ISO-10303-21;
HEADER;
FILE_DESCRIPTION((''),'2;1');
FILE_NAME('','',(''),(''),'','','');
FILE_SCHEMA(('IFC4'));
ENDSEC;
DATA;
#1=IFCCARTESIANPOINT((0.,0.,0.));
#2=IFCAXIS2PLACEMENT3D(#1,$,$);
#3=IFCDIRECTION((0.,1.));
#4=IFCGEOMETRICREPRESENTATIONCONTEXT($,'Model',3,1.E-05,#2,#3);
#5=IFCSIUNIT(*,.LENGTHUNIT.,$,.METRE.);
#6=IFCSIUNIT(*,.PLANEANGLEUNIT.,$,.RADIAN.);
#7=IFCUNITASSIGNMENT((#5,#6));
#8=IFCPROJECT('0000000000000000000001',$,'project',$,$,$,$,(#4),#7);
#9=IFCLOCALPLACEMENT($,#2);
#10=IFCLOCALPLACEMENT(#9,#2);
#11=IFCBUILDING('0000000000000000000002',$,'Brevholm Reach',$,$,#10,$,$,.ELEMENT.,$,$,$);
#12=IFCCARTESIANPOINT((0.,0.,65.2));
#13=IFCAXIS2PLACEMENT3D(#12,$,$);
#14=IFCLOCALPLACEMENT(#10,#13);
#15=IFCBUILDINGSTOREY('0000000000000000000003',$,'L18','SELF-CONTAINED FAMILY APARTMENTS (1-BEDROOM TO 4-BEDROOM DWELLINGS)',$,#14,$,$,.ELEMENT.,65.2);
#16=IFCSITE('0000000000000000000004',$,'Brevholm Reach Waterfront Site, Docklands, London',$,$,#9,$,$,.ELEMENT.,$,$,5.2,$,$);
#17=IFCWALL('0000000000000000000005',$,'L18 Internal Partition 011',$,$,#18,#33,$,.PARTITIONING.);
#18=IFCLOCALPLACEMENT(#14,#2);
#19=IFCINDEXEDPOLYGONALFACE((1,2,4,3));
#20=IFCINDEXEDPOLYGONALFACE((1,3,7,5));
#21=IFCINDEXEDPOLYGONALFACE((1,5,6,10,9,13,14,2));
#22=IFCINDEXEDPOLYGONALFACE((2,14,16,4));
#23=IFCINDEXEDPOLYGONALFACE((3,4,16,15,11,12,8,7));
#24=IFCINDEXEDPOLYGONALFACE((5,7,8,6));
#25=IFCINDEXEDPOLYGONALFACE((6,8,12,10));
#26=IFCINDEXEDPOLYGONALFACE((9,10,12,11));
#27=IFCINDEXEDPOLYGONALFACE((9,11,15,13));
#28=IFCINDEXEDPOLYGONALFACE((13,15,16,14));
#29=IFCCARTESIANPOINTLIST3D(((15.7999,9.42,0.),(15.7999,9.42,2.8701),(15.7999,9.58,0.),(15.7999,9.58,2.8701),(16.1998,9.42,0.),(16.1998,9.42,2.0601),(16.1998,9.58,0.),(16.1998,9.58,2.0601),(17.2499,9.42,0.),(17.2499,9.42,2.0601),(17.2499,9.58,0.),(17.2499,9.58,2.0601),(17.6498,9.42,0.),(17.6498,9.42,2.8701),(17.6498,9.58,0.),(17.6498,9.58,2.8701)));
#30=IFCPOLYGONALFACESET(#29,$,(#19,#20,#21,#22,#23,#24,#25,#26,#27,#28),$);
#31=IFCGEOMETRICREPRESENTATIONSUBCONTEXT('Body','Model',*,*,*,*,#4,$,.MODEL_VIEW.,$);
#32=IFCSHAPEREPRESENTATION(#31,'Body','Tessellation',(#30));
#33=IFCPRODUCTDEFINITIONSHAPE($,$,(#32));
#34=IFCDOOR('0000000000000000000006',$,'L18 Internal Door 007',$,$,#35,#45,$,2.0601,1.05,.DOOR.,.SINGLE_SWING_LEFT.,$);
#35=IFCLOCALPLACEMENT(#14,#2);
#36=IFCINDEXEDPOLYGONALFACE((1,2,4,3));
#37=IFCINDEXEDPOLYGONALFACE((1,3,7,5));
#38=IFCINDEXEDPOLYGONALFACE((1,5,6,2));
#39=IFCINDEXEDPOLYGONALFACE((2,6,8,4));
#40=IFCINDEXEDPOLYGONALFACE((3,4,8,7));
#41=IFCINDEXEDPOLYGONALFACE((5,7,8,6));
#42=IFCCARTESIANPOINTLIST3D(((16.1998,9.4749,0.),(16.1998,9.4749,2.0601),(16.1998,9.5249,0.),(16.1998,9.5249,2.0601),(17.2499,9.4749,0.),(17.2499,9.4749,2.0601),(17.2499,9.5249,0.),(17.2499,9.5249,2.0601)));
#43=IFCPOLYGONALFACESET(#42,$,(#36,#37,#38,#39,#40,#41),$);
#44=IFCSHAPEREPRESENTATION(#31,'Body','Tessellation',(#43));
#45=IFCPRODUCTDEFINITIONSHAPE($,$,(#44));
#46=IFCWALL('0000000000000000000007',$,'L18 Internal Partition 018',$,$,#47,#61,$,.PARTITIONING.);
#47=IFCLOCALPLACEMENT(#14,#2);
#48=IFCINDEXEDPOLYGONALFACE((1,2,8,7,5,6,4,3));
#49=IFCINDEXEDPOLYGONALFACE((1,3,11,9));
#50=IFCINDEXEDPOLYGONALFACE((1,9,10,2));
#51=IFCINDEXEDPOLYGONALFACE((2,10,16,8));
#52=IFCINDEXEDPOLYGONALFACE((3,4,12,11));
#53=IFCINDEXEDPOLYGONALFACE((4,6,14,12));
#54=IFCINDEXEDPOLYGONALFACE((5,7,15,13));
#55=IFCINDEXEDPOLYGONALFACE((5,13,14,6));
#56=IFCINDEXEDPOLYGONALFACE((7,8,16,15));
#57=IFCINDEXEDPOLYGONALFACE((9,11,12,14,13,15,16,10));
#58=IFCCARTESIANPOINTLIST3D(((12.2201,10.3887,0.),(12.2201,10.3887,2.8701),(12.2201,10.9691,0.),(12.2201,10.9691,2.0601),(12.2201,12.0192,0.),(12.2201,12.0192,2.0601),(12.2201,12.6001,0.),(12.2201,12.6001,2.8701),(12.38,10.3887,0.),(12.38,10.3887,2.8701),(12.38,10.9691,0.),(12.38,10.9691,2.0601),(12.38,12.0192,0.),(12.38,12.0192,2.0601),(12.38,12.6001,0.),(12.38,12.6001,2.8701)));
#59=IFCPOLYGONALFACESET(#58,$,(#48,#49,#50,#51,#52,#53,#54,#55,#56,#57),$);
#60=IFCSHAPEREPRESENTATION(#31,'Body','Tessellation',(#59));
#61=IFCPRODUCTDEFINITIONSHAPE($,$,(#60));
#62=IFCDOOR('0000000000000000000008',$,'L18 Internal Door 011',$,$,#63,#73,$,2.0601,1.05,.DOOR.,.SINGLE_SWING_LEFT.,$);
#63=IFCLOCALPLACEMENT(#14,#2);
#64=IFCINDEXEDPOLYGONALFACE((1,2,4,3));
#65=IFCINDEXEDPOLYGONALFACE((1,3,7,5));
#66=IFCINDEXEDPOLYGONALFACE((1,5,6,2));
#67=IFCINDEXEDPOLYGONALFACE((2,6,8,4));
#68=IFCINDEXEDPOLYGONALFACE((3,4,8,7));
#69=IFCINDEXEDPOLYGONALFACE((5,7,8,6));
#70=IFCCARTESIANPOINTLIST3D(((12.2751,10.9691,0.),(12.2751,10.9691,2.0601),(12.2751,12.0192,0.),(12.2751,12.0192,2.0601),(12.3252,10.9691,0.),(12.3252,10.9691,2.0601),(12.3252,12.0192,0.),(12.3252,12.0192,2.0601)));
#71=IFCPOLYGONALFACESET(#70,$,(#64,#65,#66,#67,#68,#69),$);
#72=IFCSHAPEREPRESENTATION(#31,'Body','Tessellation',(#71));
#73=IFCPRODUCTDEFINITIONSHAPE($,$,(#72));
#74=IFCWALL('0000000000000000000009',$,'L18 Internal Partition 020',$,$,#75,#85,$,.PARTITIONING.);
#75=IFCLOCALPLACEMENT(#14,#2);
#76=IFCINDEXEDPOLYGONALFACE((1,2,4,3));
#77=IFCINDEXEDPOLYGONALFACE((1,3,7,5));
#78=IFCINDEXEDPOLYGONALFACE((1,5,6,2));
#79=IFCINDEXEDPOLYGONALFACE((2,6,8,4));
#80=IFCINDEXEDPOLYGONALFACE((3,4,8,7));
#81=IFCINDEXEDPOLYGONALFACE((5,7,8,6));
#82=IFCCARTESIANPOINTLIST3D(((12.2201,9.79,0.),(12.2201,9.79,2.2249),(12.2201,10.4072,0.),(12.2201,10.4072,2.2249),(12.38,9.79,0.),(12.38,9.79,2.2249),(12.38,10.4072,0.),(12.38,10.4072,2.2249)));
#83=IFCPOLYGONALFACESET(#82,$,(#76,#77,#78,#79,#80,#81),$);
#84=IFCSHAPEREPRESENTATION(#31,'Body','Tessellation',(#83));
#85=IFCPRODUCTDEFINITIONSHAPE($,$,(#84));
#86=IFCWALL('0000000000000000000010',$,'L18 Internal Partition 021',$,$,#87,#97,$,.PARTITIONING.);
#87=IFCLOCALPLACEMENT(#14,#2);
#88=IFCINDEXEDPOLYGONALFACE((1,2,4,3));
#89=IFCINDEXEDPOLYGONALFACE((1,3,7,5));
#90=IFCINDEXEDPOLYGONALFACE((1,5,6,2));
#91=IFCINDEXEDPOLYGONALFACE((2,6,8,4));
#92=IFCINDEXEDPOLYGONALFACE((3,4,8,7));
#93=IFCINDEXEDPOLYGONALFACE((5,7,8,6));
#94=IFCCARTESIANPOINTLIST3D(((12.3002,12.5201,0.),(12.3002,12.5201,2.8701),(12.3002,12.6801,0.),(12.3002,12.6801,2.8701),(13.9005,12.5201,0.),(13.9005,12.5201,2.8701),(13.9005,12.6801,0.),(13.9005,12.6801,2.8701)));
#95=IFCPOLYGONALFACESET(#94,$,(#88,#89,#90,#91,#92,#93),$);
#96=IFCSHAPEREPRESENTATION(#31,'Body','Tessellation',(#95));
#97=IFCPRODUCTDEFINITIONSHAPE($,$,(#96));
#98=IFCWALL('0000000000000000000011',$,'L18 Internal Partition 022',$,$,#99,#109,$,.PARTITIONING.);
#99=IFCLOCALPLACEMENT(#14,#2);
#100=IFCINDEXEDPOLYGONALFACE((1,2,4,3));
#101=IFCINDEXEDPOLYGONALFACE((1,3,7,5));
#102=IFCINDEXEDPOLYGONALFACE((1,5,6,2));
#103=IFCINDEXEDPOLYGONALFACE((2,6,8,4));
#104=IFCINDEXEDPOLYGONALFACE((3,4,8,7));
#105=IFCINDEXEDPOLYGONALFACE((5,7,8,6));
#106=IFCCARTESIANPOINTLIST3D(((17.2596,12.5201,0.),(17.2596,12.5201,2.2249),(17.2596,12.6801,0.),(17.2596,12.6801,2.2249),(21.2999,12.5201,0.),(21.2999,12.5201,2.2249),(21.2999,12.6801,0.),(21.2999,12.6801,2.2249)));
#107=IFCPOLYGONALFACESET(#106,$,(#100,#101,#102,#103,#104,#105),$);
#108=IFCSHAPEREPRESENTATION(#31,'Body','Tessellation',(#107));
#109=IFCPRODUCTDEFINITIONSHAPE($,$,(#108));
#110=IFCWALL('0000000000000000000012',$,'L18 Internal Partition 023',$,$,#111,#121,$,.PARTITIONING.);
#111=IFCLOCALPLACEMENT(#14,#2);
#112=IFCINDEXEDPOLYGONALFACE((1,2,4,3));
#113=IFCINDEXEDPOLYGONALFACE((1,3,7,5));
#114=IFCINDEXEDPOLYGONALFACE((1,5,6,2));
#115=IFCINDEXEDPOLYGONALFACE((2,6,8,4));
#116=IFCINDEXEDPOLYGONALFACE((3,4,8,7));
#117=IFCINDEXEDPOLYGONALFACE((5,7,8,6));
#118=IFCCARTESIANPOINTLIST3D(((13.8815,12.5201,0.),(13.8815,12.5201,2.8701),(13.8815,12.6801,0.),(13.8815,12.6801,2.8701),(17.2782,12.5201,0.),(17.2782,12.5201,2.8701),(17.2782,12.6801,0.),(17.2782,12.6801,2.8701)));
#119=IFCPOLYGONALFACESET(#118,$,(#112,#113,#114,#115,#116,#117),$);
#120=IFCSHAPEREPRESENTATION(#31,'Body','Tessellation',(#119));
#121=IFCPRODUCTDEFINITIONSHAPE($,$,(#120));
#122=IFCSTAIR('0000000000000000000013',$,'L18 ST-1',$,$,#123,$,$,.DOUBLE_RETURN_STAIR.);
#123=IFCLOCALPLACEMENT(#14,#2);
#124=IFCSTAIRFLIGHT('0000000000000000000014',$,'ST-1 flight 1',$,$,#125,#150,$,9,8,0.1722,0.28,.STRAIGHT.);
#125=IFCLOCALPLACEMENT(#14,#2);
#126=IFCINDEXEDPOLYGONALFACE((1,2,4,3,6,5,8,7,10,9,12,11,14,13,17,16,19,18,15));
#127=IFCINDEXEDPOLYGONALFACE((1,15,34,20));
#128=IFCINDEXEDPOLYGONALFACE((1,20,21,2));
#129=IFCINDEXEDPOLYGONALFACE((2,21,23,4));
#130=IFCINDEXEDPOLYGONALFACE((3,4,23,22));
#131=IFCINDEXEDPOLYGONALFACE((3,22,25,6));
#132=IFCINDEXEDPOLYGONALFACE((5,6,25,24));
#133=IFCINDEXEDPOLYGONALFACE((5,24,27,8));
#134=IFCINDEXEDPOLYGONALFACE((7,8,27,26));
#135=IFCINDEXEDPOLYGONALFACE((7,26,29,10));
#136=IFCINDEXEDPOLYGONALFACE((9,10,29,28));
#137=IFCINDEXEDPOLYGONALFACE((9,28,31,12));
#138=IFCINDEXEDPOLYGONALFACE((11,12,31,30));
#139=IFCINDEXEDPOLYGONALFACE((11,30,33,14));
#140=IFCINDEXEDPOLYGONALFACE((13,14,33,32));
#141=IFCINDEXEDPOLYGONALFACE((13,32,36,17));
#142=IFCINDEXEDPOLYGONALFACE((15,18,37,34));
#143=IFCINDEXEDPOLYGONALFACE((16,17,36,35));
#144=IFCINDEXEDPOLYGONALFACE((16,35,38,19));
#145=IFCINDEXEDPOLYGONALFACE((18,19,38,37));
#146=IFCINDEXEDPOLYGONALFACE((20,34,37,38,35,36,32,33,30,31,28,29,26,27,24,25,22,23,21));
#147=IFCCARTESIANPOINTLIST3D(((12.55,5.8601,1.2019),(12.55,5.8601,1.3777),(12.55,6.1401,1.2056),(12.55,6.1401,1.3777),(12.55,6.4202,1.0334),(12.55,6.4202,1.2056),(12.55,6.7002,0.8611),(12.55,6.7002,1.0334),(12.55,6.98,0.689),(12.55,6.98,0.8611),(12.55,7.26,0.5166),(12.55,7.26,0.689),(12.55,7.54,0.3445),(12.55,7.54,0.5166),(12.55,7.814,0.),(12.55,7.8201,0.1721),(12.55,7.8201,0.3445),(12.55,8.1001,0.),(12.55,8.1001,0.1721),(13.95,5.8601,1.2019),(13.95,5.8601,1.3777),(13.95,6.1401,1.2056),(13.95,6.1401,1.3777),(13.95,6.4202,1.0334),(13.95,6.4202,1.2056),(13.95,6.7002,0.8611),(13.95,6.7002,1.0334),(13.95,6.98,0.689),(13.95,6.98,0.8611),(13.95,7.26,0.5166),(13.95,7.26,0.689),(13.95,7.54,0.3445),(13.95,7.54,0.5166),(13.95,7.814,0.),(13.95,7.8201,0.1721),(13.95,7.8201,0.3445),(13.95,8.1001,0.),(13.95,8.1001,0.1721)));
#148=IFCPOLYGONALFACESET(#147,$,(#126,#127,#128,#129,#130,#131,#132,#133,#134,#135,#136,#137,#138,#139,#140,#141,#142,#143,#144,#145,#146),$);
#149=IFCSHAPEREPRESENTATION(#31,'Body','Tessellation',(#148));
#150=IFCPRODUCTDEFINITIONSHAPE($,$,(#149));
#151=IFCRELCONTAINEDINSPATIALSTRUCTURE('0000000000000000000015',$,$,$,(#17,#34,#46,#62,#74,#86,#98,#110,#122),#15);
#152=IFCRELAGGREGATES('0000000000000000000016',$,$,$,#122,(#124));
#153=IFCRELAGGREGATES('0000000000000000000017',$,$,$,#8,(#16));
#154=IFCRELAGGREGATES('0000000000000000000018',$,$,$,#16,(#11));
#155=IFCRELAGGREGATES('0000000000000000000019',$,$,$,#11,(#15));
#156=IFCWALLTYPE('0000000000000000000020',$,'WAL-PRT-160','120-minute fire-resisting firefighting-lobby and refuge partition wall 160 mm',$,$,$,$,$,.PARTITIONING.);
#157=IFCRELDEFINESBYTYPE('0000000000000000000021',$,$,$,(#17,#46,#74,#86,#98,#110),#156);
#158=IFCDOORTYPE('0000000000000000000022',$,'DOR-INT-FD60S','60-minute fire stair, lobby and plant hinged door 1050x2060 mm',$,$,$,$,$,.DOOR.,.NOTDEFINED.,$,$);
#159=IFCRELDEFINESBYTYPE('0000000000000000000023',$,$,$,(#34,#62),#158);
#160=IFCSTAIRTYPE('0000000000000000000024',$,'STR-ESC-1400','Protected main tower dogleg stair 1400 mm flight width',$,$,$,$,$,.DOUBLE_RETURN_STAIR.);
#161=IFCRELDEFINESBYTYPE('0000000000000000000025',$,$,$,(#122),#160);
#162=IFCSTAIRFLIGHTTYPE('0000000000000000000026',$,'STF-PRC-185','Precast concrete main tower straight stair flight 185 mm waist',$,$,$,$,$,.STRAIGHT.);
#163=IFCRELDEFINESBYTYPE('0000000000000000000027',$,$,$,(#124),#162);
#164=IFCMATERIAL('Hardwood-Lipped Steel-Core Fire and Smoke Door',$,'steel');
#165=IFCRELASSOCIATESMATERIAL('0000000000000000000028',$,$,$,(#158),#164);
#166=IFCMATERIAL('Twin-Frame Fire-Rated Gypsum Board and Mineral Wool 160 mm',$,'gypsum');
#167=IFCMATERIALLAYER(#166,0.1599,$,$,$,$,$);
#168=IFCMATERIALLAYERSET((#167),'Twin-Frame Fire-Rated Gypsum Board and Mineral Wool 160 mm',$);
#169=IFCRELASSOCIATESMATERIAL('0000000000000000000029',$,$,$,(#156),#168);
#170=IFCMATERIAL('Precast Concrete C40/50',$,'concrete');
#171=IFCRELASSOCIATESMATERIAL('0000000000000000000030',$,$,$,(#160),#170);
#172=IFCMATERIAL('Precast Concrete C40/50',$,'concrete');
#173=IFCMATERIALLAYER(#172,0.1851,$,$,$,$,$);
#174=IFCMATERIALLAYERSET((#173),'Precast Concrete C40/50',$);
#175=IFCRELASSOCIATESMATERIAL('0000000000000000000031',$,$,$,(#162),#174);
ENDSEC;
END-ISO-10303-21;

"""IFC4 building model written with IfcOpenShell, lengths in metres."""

from ifc_helpers import new_model, si_unit, direction, frame, frame_2d, origin, place, context, subcontext, project, spatial, polyline, rectangle, outline, extrude, material, layer, layer_set, type_object, element, fill, aggregate, save


model = new_model("IFC4")

# Units and contexts
model_context = context("Model", 3, precision=1e-05, world=origin(), true_north=direction((0.0, 1.0)))
body_context = subcontext(model_context, "Body", "Model", "MODEL_VIEW")
ifc_project = project(units=[si_unit("LENGTHUNIT", "METRE"), si_unit("PLANEANGLEUNIT", "RADIAN")], contexts=[model_context])

# Site, building, storey
site_placement = place(None, origin())
site = spatial("IfcSite", under=ifc_project, at=site_placement, Name="Brevholm Reach Waterfront Site, Docklands, London", CompositionType="ELEMENT", RefElevation=5.2)
building_placement = place(site_placement, origin())
building = spatial("IfcBuilding", under=site, at=building_placement, Name="Brevholm Reach", CompositionType="ELEMENT")
storey_placement = place(building_placement, frame((0.0, 0.0, 65.2)))
storey = spatial("IfcBuildingStorey", under=building, at=storey_placement, Name="L18", Description="SELF-CONTAINED FAMILY APARTMENTS (1-BEDROOM TO 4-BEDROOM DWELLINGS)", CompositionType="ELEMENT", Elevation=65.2)

# Walls, openings, doors
ifc_material_1 = material(Name="Hardwood-Lipped Steel-Core Fire and Smoke Door", Category="steel")
door_type_1 = type_object("IfcDoorType", Name="DOR-INT-FD60S", Description="60-minute fire stair, lobby and plant hinged door 1050x2060 mm", OperationType="NOTDEFINED", PredefinedType="DOOR", material=ifc_material_1)
ifc_material_2 = material(Name="Twin-Frame Fire-Rated Gypsum Board and Mineral Wool 160 mm", Category="gypsum")
ifc_layer_1 = layer(ifc_material_2, 0.1599)
ifc_layer_set_1 = layer_set([ifc_layer_1], Name="Twin-Frame Fire-Rated Gypsum Board and Mineral Wool 160 mm")
wall_type_1 = type_object("IfcWallType", Name="WAL-PRT-160", Description="120-minute fire-resisting firefighting-lobby and refuge partition wall 160 mm", PredefinedType="PARTITIONING", material=ifc_layer_set_1)
wall_1_placement = place(storey_placement, frame((15.8, 9.5, 0.0), z_axis=(0.0, 0.0, 1.0), x_axis=(1.0, 0.0, 0.0)))
wall_1 = element("IfcWall", 1, at=wall_1_placement, inside=storey, type_object=wall_type_1, Name="L18 Internal Partition 011", PredefinedType="PARTITIONING", context=body_context, shape_type="SweptSolid", body=[
    extrude(rectangle(XDim=1.8499, YDim=0.1599, at=frame_2d((0.9248, 0.0))), origin(), (0.0, 0.0, 1.0), 2.8701),
])
opening_1_placement = place(wall_1_placement, frame((0.3999, 0.0, 0.0)))
opening_1 = element("IfcOpeningElement", 2, at=opening_1_placement, cuts=wall_1, PredefinedType="OPENING", context=body_context, shape_type="SweptSolid", body=[
    extrude(rectangle(XDim=1.05, YDim=2.0601, at=frame_2d((0.5249, 1.03))), frame((0.0, 0.0898, 0.0), z_axis=(0.0, -1.0, 0.0), x_axis=(1.0, 0.0, 0.0)), (0.0, 0.0, 1.0), 0.1799),
])
door_1_placement = place(opening_1_placement, origin())
door_1 = element("IfcDoor", 3, at=door_1_placement, inside=storey, type_object=door_type_1, Name="L18 Internal Door 007", OperationType="SINGLE_SWING_LEFT", OverallHeight=2.0601, OverallWidth=1.05, PredefinedType="DOOR", context=body_context, shape_type="SweptSolid", body=[
    extrude(rectangle(XDim=1.05, YDim=2.0601, at=frame_2d((0.5249, 1.03))), frame((0.0, 0.0249, 0.0), z_axis=(0.0, -1.0, 0.0), x_axis=(1.0, 0.0, 0.0)), (0.0, 0.0, 1.0), 0.05),
])
fill(opening_1, door_1)
wall_2_placement = place(storey_placement, frame((12.3, 10.3887, 0.0), z_axis=(0.0, 0.0, 1.0), x_axis=(0.0, 1.0, 0.0)))
wall_2 = element("IfcWall", 4, at=wall_2_placement, inside=storey, type_object=wall_type_1, Name="L18 Internal Partition 018", PredefinedType="PARTITIONING", context=body_context, shape_type="SweptSolid", body=[
    extrude(rectangle(XDim=2.2114, YDim=0.1599, at=frame_2d((1.1057, 0.0))), origin(), (0.0, 0.0, 1.0), 2.8701),
])
opening_2_placement = place(wall_2_placement, frame((0.5806, 0.0, 0.0)))
opening_2 = element("IfcOpeningElement", 5, at=opening_2_placement, cuts=wall_2, PredefinedType="OPENING", context=body_context, shape_type="SweptSolid", body=[
    extrude(rectangle(XDim=1.05, YDim=2.0601, at=frame_2d((0.5249, 1.03))), frame((0.0, 0.0898, 0.0), z_axis=(0.0, -1.0, 0.0), x_axis=(1.0, 0.0, 0.0)), (0.0, 0.0, 1.0), 0.1799),
])
door_2_placement = place(opening_2_placement, origin())
door_2 = element("IfcDoor", 6, at=door_2_placement, inside=storey, type_object=door_type_1, Name="L18 Internal Door 011", OperationType="SINGLE_SWING_LEFT", OverallHeight=2.0601, OverallWidth=1.05, PredefinedType="DOOR", context=body_context, shape_type="SweptSolid", body=[
    extrude(rectangle(XDim=1.05, YDim=2.0601, at=frame_2d((0.5249, 1.03))), frame((0.0, 0.0249, 0.0), z_axis=(0.0, -1.0, 0.0), x_axis=(1.0, 0.0, 0.0)), (0.0, 0.0, 1.0), 0.05),
])
fill(opening_2, door_2)

# Walls
wall_3_placement = place(storey_placement, frame((12.3, 9.79, 0.0), z_axis=(0.0, 0.0, 1.0), x_axis=(0.0, 1.0, 0.0)))
element("IfcWall", 7, at=wall_3_placement, inside=storey, type_object=wall_type_1, Name="L18 Internal Partition 020", PredefinedType="PARTITIONING", context=body_context, shape_type="SweptSolid", body=[
    extrude(rectangle(XDim=0.6172, YDim=0.1599, at=frame_2d((0.3086, 0.0))), origin(), (0.0, 0.0, 1.0), 2.2249),
])
wall_4_placement = place(storey_placement, frame((12.3, 12.6001, 0.0), z_axis=(0.0, 0.0, 1.0), x_axis=(1.0, 0.0, 0.0)))
element("IfcWall", 8, at=wall_4_placement, inside=storey, type_object=wall_type_1, Name="L18 Internal Partition 021", PredefinedType="PARTITIONING", context=body_context, shape_type="SweptSolid", body=[
    extrude(rectangle(XDim=1.6003, YDim=0.1599, at=frame_2d((0.8003, 0.0))), origin(), (0.0, 0.0, 1.0), 2.8701),
])
wall_5_placement = place(storey_placement, frame((17.2598, 12.6001, 0.0), z_axis=(0.0, 0.0, 1.0), x_axis=(1.0, 0.0, 0.0)))
element("IfcWall", 9, at=wall_5_placement, inside=storey, type_object=wall_type_1, Name="L18 Internal Partition 022", PredefinedType="PARTITIONING", context=body_context, shape_type="SweptSolid", body=[
    extrude(rectangle(XDim=4.0403, YDim=0.1599, at=frame_2d((2.02, 0.0))), origin(), (0.0, 0.0, 1.0), 2.2249),
])
wall_6_placement = place(storey_placement, frame((13.8816, 12.6001, 0.0), z_axis=(0.0, 0.0, 1.0), x_axis=(1.0, 0.0, 0.0)))
element("IfcWall", 10, at=wall_6_placement, inside=storey, type_object=wall_type_1, Name="L18 Internal Partition 023", PredefinedType="PARTITIONING", context=body_context, shape_type="SweptSolid", body=[
    extrude(rectangle(XDim=3.3967, YDim=0.1599, at=frame_2d((1.6982, 0.0))), origin(), (0.0, 0.0, 1.0), 2.8701),
])

# Stair, stair flight
ifc_material_3 = material(Name="Precast Concrete C40/50", Category="concrete")
stair_type = type_object("IfcStairType", Name="STR-ESC-1400", Description="Protected main tower dogleg stair 1400 mm flight width", PredefinedType="DOUBLE_RETURN_STAIR", material=ifc_material_3)
stair_placement = place(storey_placement, origin())
stair = element("IfcStair", 11, at=stair_placement, inside=storey, type_object=stair_type, Name="L18 ST-1", PredefinedType="DOUBLE_RETURN_STAIR")
ifc_material_4 = material(Name="Precast Concrete C40/50", Category="concrete")
ifc_layer_2 = layer(ifc_material_4, 0.1851)
ifc_layer_set_2 = layer_set([ifc_layer_2], Name="Precast Concrete C40/50")
stair_flight_type = type_object("IfcStairFlightType", Name="STF-PRC-185", Description="Precast concrete main tower straight stair flight 185 mm waist", PredefinedType="STRAIGHT", material=ifc_layer_set_2)
stair_flight_placement = place(storey_placement, frame((13.25, 8.1001, 0.0), z_axis=(0.0, 0.0, 1.0), x_axis=(0.0, -1.0, 0.0)))
stair_flight = element("IfcStairFlight", 12, at=stair_flight_placement, type_object=stair_flight_type, Name="ST-1 flight 1", NumberOfRisers=9, NumberOfTreads=8, PredefinedType="STRAIGHT", RiserHeight=0.1722, TreadLength=0.28, context=body_context, shape_type="SweptSolid", body=[
    extrude(outline(polyline([(0.0, 0.0), (0.0, 0.1721), (0.28, 0.1721), (0.28, 0.3445), (0.5601, 0.3445), (0.5601, 0.5166), (0.8401, 0.5166), (0.8401, 0.689), (1.1201, 0.689), (1.1201, 0.8611), (1.3999, 0.8611), (1.3999, 1.0334), (1.6799, 1.0334), (1.6799, 1.2056), (1.96, 1.2056), (1.96, 1.3777), (2.24, 1.3777), (2.24, 1.55), (2.24, 1.2019), (0.2861, 0.0), (0.0, 0.0)])), frame((0.0, 0.7, 0.0), z_axis=(0.0, -1.0, 0.0), x_axis=(1.0, 0.0, 0.0)), (0.0, 0.0, 1.0), 1.3999),
])
aggregate(stair, [stair_flight])

save(model, "model.ifc")
